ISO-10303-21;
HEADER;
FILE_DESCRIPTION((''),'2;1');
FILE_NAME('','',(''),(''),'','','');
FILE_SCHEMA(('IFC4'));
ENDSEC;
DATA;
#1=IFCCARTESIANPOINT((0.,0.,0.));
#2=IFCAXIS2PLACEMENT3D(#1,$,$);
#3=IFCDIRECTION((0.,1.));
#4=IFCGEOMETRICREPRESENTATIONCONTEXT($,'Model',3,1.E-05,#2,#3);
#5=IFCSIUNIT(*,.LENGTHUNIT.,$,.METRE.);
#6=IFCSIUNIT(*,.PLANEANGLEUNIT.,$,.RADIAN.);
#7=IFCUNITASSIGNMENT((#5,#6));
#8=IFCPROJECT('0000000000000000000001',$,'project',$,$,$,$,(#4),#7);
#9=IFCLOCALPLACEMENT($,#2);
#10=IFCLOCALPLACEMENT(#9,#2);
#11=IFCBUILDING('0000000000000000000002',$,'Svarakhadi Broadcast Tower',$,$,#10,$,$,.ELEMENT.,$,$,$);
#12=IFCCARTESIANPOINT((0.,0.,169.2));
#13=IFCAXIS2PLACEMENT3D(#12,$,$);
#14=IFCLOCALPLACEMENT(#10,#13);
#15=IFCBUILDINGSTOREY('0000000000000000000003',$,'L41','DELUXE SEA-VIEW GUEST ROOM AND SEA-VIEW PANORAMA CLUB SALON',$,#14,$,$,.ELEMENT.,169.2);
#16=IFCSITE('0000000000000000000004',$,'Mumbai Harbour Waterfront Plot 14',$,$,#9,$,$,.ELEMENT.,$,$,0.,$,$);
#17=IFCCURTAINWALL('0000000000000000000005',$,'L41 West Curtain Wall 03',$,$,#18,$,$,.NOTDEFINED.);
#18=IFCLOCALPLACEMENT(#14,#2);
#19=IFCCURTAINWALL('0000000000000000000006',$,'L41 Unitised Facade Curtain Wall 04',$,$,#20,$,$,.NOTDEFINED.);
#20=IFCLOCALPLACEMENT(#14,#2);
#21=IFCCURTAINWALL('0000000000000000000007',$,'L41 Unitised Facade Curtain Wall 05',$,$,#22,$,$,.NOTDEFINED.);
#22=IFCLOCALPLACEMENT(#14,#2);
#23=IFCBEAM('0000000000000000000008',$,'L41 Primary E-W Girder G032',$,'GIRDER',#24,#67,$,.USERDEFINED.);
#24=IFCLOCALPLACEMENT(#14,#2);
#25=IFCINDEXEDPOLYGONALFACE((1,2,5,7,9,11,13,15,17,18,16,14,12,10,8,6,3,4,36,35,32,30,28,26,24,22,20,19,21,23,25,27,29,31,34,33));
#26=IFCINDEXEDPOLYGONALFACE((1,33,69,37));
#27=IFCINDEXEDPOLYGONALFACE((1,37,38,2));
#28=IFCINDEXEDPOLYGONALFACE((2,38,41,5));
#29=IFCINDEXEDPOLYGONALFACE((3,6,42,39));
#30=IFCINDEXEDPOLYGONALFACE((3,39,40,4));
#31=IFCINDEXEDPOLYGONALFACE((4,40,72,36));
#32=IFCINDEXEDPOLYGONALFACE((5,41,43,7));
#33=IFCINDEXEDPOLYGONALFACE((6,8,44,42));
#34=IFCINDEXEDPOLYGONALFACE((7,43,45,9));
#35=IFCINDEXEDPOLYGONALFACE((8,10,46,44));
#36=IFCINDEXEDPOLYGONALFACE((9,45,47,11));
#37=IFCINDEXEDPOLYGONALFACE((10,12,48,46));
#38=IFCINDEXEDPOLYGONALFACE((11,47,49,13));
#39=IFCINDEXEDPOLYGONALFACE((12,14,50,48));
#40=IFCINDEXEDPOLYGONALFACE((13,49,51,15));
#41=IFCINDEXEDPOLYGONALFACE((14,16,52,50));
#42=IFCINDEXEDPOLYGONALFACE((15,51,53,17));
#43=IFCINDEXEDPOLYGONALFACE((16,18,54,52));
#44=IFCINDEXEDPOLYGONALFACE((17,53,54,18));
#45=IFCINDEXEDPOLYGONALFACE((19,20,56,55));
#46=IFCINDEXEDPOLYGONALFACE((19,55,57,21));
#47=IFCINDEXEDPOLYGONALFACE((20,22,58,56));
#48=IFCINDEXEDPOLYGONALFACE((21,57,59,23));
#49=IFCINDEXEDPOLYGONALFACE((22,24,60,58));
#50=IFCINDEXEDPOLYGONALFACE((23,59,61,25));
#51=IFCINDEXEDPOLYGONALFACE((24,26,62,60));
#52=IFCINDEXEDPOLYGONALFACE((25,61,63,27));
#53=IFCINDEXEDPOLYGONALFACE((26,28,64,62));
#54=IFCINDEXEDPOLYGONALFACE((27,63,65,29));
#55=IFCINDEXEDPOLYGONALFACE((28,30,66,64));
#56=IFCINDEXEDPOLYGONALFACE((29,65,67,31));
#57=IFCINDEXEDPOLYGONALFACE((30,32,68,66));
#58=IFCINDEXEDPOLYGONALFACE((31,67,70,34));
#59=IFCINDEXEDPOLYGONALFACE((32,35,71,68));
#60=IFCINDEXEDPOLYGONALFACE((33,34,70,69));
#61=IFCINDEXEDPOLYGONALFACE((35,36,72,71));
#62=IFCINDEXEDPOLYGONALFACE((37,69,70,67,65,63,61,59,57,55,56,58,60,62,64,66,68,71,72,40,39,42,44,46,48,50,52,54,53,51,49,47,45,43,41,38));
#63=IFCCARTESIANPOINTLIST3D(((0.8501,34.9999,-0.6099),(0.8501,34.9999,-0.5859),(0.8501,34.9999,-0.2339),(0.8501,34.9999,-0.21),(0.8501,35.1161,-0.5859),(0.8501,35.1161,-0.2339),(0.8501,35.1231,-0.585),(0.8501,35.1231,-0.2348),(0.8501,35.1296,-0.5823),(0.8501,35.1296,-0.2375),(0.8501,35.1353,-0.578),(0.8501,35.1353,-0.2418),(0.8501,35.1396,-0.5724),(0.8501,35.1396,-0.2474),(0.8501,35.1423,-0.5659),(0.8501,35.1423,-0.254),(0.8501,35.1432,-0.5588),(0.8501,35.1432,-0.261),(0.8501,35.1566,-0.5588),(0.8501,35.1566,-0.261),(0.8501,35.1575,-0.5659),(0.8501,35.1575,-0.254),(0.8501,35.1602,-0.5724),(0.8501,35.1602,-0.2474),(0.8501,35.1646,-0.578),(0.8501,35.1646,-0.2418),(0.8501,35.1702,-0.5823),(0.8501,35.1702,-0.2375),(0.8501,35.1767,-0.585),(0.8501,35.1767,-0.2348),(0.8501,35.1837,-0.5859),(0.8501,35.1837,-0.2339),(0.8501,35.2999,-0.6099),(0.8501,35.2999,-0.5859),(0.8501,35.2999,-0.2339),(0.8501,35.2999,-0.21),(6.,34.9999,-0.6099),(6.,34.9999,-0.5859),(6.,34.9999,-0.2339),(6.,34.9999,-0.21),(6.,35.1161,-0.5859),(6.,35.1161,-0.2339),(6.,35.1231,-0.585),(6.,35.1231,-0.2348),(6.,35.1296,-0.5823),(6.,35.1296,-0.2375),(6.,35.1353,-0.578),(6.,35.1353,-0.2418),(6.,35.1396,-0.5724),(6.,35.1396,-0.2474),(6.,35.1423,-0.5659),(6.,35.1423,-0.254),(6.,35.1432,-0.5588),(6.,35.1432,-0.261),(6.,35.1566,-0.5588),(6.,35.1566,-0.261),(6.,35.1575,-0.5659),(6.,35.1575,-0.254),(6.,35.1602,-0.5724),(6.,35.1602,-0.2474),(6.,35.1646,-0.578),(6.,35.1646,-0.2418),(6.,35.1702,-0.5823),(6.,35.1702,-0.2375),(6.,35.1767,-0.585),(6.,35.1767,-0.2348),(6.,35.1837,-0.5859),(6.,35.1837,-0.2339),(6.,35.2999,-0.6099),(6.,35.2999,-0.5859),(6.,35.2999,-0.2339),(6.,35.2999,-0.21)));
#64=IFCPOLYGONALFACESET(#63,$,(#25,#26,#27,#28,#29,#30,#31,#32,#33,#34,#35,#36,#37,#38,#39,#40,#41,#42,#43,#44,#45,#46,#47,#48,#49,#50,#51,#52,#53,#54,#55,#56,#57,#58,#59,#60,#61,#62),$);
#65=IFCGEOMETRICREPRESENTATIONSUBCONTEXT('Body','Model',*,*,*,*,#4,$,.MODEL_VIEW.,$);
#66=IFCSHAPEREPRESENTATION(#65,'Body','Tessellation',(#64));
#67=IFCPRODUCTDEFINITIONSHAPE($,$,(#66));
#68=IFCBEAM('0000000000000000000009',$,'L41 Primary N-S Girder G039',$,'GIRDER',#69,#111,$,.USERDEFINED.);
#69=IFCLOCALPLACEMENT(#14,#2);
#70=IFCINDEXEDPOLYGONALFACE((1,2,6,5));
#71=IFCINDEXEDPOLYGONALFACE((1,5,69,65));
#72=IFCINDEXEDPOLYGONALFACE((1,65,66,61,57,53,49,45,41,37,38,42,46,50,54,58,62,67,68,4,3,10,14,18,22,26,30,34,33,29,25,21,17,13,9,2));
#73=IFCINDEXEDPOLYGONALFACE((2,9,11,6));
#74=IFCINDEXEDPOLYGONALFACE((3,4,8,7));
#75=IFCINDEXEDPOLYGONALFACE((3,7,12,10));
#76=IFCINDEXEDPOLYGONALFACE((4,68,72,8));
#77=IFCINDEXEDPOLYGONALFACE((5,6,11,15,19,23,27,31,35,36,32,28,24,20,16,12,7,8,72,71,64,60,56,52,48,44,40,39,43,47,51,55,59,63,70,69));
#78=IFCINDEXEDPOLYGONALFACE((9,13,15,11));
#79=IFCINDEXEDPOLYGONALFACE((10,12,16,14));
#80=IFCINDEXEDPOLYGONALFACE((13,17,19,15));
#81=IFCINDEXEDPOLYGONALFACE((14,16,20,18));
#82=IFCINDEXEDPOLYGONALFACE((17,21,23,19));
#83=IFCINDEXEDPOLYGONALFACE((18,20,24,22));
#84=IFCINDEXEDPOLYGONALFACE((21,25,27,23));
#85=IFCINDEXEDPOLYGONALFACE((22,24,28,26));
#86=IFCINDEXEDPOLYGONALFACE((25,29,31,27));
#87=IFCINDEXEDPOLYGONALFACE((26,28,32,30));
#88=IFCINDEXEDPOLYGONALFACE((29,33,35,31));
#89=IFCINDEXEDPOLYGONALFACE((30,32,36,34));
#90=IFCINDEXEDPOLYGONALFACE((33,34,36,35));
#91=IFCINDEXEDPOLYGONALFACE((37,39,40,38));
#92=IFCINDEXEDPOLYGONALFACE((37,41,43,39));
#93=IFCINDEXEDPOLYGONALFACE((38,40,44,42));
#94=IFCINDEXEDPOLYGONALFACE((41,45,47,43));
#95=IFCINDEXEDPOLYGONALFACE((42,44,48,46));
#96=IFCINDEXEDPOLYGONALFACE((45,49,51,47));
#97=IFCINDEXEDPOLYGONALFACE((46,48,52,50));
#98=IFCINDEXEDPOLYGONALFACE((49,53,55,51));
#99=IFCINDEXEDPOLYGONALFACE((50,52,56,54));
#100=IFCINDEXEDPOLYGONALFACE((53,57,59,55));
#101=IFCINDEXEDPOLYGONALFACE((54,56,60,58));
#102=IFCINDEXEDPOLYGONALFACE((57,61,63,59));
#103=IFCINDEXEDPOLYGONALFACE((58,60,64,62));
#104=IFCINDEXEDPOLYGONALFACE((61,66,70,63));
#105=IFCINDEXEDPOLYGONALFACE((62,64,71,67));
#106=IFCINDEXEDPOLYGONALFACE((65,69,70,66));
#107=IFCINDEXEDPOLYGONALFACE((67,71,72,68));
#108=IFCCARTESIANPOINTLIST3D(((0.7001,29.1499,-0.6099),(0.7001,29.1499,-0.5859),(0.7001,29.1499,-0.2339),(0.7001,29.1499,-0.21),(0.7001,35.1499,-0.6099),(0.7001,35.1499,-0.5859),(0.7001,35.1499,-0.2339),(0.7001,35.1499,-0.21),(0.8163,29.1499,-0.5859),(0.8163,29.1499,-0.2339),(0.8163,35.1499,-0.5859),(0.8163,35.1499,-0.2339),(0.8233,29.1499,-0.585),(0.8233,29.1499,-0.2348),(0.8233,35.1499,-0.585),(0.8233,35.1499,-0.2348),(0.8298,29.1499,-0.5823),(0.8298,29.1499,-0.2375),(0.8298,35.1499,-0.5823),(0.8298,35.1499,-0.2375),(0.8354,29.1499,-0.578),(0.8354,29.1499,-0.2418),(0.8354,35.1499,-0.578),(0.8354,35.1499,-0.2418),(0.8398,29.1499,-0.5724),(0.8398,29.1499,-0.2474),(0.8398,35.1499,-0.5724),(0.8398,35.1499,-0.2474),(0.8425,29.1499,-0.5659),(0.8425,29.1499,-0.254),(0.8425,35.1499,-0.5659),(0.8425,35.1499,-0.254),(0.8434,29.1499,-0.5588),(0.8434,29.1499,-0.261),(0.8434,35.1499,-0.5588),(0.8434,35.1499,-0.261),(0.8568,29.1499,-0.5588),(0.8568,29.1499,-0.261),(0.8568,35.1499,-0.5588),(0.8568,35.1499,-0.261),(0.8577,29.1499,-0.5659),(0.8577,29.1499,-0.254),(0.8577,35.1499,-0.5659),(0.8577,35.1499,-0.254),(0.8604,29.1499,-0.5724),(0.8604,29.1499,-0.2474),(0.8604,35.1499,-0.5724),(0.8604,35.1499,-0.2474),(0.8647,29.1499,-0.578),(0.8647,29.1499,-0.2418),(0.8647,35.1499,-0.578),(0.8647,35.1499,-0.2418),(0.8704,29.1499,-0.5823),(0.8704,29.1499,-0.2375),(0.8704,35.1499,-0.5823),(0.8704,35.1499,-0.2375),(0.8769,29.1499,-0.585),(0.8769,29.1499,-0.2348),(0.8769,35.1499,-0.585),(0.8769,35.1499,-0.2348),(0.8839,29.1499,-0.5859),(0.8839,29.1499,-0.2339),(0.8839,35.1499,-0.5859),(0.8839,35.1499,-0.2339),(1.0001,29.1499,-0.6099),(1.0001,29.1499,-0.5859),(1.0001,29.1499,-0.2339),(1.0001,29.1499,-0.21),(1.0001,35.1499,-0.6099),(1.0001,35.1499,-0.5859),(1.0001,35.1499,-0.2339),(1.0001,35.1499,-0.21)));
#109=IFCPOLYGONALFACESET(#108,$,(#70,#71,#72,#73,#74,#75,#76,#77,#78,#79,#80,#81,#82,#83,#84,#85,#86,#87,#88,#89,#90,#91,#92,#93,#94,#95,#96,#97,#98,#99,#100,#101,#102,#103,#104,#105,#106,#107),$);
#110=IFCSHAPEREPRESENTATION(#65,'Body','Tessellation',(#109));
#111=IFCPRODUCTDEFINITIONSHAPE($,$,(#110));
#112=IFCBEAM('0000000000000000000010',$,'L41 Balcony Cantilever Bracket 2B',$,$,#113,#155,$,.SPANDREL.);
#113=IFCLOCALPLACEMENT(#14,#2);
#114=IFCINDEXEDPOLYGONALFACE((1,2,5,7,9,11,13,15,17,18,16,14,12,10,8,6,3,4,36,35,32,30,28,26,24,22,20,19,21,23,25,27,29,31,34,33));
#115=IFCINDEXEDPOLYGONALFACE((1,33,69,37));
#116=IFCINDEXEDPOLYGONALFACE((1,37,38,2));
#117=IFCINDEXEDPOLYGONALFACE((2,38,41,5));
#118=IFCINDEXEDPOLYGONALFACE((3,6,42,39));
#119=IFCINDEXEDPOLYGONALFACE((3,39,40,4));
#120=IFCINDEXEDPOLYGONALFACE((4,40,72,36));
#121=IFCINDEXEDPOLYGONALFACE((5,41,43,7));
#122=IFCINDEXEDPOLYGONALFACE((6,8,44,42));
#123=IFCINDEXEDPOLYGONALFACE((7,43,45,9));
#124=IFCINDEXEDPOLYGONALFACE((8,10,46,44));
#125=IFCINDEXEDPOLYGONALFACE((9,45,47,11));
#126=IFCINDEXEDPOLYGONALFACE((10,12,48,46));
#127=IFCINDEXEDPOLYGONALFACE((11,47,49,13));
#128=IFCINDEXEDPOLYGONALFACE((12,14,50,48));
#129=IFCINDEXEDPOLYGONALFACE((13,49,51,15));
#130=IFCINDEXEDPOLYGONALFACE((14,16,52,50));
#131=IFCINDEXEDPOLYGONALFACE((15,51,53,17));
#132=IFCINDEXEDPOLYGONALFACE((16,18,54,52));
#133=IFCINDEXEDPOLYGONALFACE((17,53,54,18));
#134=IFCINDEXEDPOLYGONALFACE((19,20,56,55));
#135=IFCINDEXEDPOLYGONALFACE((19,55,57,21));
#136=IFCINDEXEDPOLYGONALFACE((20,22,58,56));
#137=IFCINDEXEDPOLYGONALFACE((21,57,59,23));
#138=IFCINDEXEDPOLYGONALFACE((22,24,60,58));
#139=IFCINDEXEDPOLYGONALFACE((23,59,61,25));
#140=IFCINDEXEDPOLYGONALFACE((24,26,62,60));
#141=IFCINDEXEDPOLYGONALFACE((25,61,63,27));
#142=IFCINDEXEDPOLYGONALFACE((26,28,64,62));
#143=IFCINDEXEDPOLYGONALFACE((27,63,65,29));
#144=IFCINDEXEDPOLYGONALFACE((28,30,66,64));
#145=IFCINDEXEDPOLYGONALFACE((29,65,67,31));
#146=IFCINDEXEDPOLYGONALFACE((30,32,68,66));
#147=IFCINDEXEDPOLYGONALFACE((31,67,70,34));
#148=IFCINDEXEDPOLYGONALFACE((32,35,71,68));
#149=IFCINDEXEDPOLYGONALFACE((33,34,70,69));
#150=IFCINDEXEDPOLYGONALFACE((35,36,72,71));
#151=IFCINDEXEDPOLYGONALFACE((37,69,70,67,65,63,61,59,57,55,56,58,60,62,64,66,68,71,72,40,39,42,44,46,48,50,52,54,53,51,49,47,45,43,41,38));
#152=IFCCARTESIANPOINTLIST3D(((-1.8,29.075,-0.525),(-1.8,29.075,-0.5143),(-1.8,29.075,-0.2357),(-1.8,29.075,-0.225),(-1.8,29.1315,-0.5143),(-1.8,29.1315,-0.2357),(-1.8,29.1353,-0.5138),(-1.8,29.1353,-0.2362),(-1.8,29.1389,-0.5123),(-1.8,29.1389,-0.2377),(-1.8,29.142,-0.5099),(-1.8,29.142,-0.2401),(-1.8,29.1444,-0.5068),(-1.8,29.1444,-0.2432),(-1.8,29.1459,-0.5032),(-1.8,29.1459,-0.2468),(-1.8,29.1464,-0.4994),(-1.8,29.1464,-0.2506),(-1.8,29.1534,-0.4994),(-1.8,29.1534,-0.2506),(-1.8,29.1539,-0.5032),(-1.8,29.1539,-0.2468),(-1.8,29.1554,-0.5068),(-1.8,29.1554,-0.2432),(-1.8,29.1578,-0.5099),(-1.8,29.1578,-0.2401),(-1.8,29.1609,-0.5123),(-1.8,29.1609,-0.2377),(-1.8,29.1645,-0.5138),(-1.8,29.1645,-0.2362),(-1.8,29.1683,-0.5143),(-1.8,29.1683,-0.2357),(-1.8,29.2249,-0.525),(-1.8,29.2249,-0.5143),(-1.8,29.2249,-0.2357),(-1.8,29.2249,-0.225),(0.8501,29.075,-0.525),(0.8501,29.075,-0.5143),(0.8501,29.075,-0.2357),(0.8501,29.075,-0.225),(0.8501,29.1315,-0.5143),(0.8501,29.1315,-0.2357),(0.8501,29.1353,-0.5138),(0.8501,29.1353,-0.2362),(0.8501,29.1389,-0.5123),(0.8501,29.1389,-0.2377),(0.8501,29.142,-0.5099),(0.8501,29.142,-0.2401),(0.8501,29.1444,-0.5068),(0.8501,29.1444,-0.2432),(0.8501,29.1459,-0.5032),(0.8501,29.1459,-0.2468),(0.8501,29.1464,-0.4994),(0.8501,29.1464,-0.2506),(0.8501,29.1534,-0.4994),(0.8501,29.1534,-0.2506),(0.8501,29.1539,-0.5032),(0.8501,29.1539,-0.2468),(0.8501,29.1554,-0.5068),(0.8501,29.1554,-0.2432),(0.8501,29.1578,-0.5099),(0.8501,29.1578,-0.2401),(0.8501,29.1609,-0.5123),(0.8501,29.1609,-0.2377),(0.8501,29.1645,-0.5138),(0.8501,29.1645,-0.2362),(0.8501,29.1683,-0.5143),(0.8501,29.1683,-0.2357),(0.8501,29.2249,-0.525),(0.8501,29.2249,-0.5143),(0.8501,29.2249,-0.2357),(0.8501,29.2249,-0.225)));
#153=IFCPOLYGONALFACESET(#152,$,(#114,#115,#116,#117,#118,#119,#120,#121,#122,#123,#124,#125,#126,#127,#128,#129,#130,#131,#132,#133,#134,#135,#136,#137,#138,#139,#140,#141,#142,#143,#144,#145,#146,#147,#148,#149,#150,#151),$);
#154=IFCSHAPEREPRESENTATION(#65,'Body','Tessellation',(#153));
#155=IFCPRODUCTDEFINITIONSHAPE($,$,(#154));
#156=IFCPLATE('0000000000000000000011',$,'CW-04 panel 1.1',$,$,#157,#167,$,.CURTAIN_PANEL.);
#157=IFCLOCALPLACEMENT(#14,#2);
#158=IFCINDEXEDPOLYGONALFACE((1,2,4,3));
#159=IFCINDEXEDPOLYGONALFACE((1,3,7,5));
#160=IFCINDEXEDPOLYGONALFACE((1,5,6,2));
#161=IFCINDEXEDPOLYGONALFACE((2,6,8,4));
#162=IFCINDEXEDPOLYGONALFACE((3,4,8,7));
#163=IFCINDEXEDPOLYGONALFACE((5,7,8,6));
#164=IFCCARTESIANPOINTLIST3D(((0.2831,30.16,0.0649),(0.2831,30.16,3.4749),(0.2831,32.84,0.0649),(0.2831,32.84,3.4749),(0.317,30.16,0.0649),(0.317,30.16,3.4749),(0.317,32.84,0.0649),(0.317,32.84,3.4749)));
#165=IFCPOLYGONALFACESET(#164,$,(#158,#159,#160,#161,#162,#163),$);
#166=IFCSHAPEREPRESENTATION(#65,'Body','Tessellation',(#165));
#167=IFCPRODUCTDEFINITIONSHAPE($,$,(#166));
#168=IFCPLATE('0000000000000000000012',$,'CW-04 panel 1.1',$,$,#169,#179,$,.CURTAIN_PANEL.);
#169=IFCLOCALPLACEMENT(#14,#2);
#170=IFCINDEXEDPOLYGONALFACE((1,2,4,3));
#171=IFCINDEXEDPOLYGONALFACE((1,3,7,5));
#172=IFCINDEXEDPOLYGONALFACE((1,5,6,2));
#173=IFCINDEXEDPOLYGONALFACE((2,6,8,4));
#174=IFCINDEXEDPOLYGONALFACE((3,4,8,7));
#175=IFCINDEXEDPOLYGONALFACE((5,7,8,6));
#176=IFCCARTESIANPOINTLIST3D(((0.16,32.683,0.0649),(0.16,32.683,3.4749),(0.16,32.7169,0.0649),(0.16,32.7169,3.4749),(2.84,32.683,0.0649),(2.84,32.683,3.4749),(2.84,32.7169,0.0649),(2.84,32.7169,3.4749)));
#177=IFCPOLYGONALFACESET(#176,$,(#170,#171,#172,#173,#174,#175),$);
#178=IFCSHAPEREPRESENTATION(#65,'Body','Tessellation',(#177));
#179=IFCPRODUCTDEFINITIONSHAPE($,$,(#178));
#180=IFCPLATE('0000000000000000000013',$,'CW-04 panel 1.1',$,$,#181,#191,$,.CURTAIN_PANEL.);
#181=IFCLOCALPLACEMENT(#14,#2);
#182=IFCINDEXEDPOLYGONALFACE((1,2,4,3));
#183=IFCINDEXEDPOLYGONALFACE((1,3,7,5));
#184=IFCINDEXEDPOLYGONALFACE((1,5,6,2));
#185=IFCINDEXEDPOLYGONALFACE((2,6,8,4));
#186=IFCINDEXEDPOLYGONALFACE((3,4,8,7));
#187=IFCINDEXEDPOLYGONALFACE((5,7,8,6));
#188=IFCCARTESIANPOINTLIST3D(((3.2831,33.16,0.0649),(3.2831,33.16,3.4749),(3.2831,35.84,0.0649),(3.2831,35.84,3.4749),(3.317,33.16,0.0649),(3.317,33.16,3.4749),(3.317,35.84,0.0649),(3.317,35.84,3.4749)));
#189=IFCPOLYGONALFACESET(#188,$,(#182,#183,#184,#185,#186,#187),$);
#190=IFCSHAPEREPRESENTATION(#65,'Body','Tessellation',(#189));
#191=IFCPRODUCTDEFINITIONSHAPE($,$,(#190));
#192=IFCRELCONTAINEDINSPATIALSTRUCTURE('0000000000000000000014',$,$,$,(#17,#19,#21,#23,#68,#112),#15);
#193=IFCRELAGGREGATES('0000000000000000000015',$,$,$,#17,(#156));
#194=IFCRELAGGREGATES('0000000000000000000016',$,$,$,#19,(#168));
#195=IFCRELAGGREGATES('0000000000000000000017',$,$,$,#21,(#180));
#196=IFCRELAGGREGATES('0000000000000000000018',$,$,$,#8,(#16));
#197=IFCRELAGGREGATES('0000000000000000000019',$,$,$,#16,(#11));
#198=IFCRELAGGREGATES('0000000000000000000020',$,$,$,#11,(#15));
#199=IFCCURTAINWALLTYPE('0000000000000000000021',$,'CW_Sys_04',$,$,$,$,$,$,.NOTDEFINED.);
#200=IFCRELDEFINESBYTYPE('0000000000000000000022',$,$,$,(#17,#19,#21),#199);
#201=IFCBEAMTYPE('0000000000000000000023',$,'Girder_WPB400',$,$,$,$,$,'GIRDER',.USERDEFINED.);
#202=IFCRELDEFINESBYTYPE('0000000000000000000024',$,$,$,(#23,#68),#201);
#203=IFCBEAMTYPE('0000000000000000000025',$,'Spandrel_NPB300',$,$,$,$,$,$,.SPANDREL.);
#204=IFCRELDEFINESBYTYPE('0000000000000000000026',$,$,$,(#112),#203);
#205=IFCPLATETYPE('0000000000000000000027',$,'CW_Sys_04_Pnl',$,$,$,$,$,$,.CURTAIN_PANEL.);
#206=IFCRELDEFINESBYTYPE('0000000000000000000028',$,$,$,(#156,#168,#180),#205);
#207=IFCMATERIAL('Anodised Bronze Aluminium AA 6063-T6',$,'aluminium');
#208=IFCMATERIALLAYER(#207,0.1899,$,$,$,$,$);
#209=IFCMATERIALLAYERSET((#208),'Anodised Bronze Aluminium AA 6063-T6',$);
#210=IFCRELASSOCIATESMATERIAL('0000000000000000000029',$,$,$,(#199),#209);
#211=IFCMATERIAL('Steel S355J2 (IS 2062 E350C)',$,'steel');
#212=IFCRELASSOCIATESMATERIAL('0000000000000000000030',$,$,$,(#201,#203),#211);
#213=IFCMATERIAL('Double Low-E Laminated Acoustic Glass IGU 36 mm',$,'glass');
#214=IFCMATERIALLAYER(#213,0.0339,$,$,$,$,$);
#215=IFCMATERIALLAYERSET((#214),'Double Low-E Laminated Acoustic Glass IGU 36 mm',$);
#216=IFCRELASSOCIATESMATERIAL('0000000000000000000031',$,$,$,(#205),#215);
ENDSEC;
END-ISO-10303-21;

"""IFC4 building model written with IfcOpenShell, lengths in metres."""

from ifc_helpers import new_model, si_unit, direction, frame, origin, origin_2d, place, context, subcontext, project, spatial, rectangle, i_section, extrude, material, layer, layer_set, material_profile, profile_set, type_object, element, aggregate, save


model = new_model("IFC4")

# Units and contexts
model_context = context("Model", 3, precision=1e-05, world=origin(), true_north=direction((0.0, 1.0)))
body_context = subcontext(model_context, "Body", "Model", "MODEL_VIEW")
ifc_project = project(units=[si_unit("LENGTHUNIT", "METRE"), si_unit("PLANEANGLEUNIT", "RADIAN")], contexts=[model_context])

# Site, building, storey
site_placement = place(None, origin())
site = spatial("IfcSite", under=ifc_project, at=site_placement, Name="Mumbai Harbour Waterfront Plot 14", CompositionType="ELEMENT", RefElevation=0.0)
building_placement = place(site_placement, origin())
building = spatial("IfcBuilding", under=site, at=building_placement, Name="Svarakhadi Broadcast Tower", CompositionType="ELEMENT")
storey_placement = place(building_placement, frame((0.0, 0.0, 169.2)))
storey = spatial("IfcBuildingStorey", under=building, at=storey_placement, Name="L41", Description="DELUXE SEA-VIEW GUEST ROOM AND SEA-VIEW PANORAMA CLUB SALON", CompositionType="ELEMENT", Elevation=169.2)

# Shared definitions
ifc_material_1 = material(Name="Steel S355J2 (IS 2062 E350C)", Category="steel")

# Curtain walls
ifc_material_2 = material(Name="Anodised Bronze Aluminium AA 6063-T6", Category="aluminium")
ifc_layer_1 = layer(ifc_material_2, 0.1899)
ifc_layer_set_1 = layer_set([ifc_layer_1], Name="Anodised Bronze Aluminium AA 6063-T6")
curtain_wall_type = type_object("IfcCurtainWallType", Name="CW_Sys_04", PredefinedType="NOTDEFINED", material=ifc_layer_set_1)
curtain_wall_1_placement = place(storey_placement, origin())
curtain_wall_1 = element("IfcCurtainWall", 1, at=curtain_wall_1_placement, inside=storey, type_object=curtain_wall_type, Name="L41 West Curtain Wall 03", PredefinedType="NOTDEFINED")
curtain_wall_2_placement = place(storey_placement, origin())
curtain_wall_2 = element("IfcCurtainWall", 2, at=curtain_wall_2_placement, inside=storey, type_object=curtain_wall_type, Name="L41 Unitised Facade Curtain Wall 04", PredefinedType="NOTDEFINED")
curtain_wall_3_placement = place(storey_placement, origin())
curtain_wall_3 = element("IfcCurtainWall", 3, at=curtain_wall_3_placement, inside=storey, type_object=curtain_wall_type, Name="L41 Unitised Facade Curtain Wall 05", PredefinedType="NOTDEFINED")

# Beams
ifc_material_profile_1 = material_profile(ifc_material_1, i_section(OverallWidth=0.3, OverallDepth=0.3999, WebThickness=0.0134, FlangeThickness=0.0239, FilletRadius=0.0271, at=origin_2d()), Name="WPB 400x300x155")
ifc_profile_set_1 = profile_set([ifc_material_profile_1], Name="Steel S355J2 (IS 2062 E350C)")
beam_type_1 = type_object("IfcBeamType", Name="Girder_WPB400", ElementType="GIRDER", PredefinedType="USERDEFINED", material=ifc_profile_set_1)
for number, where, z_axis, x_axis, name in (
    (4, (0.8501, 35.1499, -0.4099), (1.0, 0.0, 0.0), (0.0, 1.0, 0.0), "L41 Primary E-W Girder G032"),
):
    element("IfcBeam", number, at=place(storey_placement, frame(where, z_axis=z_axis, x_axis=x_axis)), inside=storey, type_object=beam_type_1, Name=name, ObjectType="GIRDER", PredefinedType="USERDEFINED", context=body_context, shape_type="SweptSolid", body=[
        extrude(i_section(OverallWidth=0.3, OverallDepth=0.3999, WebThickness=0.0134, FlangeThickness=0.0239, FilletRadius=0.0271, at=origin_2d()), origin(), (0.0, 0.0, 1.0), 5.1499),
    ])
beam_1_placement = place(storey_placement, frame((0.8501, 29.1499, -0.4099), z_axis=(0.0, 1.0, 0.0), x_axis=(-1.0, 0.0, 0.0)))
element("IfcBeam", 5, at=beam_1_placement, inside=storey, type_object=beam_type_1, Name="L41 Primary N-S Girder G039", ObjectType="GIRDER", PredefinedType="USERDEFINED", context=body_context, shape_type="SweptSolid", body=[
    extrude(i_section(OverallWidth=0.3, OverallDepth=0.3999, WebThickness=0.0134, FlangeThickness=0.0239, FilletRadius=0.0271, at=origin_2d()), origin(), (0.0, 0.0, 1.0), 6.0),
])
ifc_material_profile_2 = material_profile(ifc_material_1, i_section(OverallWidth=0.1499, OverallDepth=0.3, WebThickness=0.0071, FlangeThickness=0.0107, FilletRadius=0.0149, at=origin_2d()), Name="NPB 300x150x37")
ifc_profile_set_2 = profile_set([ifc_material_profile_2], Name="Steel S355J2 (IS 2062 E350C)")
beam_type_2 = type_object("IfcBeamType", Name="Spandrel_NPB300", PredefinedType="SPANDREL", material=ifc_profile_set_2)
beam_2_placement = place(storey_placement, frame((0.8501, 29.1499, -0.375), z_axis=(-1.0, 0.0, 0.0), x_axis=(0.0, -1.0, 0.0)))
element("IfcBeam", 6, at=beam_2_placement, inside=storey, type_object=beam_type_2, Name="L41 Balcony Cantilever Bracket 2B", PredefinedType="SPANDREL", context=body_context, shape_type="SweptSolid", body=[
    extrude(i_section(OverallWidth=0.1499, OverallDepth=0.3, WebThickness=0.0071, FlangeThickness=0.0107, FilletRadius=0.0149, at=origin_2d()), origin(), (0.0, 0.0, 1.0), 2.6501),
])

# Plates
ifc_material_3 = material(Name="Double Low-E Laminated Acoustic Glass IGU 36 mm", Category="glass")
ifc_layer_2 = layer(ifc_material_3, 0.0339)
ifc_layer_set_2 = layer_set([ifc_layer_2], Name="Double Low-E Laminated Acoustic Glass IGU 36 mm")
plate_type_1 = type_object("IfcPlateType", Name="CW_Sys_04_Pnl", PredefinedType="CURTAIN_PANEL", material=ifc_layer_set_2)
plate_1_placement = place(storey_placement, frame((0.3, 31.5, 0.0649), z_axis=(0.0, 0.0, 1.0), x_axis=(0.0, 1.0, 0.0)))
plate_1 = element("IfcPlate", 7, at=plate_1_placement, type_object=plate_type_1, Name="CW-04 panel 1.1", PredefinedType="CURTAIN_PANEL", context=body_context, shape_type="SweptSolid", body=[
    extrude(rectangle(XDim=2.6799, YDim=0.0339, at=origin_2d()), origin(), (0.0, 0.0, 1.0), 3.4099),
])
aggregate(curtain_wall_1, [plate_1])
plate_2_placement = place(storey_placement, frame((1.5, 32.7, 0.0649), z_axis=(0.0, 0.0, 1.0), x_axis=(1.0, 0.0, 0.0)))
plate_2 = element("IfcPlate", 8, at=plate_2_placement, type_object=plate_type_1, Name="CW-04 panel 1.1", PredefinedType="CURTAIN_PANEL", context=body_context, shape_type="SweptSolid", body=[
    extrude(rectangle(XDim=2.6799, YDim=0.0339, at=origin_2d()), origin(), (0.0, 0.0, 1.0), 3.4099),
])
aggregate(curtain_wall_2, [plate_2])
plate_3_placement = place(storey_placement, frame((3.3, 34.5, 0.0649), z_axis=(0.0, 0.0, 1.0), x_axis=(0.0, 1.0, 0.0)))
plate_3 = element("IfcPlate", 9, at=plate_3_placement, type_object=plate_type_1, Name="CW-04 panel 1.1", PredefinedType="CURTAIN_PANEL", context=body_context, shape_type="SweptSolid", body=[
    extrude(rectangle(XDim=2.6799, YDim=0.0339, at=origin_2d()), origin(), (0.0, 0.0, 1.0), 3.4099),
])
aggregate(curtain_wall_3, [plate_3])

save(model, "model.ifc")
